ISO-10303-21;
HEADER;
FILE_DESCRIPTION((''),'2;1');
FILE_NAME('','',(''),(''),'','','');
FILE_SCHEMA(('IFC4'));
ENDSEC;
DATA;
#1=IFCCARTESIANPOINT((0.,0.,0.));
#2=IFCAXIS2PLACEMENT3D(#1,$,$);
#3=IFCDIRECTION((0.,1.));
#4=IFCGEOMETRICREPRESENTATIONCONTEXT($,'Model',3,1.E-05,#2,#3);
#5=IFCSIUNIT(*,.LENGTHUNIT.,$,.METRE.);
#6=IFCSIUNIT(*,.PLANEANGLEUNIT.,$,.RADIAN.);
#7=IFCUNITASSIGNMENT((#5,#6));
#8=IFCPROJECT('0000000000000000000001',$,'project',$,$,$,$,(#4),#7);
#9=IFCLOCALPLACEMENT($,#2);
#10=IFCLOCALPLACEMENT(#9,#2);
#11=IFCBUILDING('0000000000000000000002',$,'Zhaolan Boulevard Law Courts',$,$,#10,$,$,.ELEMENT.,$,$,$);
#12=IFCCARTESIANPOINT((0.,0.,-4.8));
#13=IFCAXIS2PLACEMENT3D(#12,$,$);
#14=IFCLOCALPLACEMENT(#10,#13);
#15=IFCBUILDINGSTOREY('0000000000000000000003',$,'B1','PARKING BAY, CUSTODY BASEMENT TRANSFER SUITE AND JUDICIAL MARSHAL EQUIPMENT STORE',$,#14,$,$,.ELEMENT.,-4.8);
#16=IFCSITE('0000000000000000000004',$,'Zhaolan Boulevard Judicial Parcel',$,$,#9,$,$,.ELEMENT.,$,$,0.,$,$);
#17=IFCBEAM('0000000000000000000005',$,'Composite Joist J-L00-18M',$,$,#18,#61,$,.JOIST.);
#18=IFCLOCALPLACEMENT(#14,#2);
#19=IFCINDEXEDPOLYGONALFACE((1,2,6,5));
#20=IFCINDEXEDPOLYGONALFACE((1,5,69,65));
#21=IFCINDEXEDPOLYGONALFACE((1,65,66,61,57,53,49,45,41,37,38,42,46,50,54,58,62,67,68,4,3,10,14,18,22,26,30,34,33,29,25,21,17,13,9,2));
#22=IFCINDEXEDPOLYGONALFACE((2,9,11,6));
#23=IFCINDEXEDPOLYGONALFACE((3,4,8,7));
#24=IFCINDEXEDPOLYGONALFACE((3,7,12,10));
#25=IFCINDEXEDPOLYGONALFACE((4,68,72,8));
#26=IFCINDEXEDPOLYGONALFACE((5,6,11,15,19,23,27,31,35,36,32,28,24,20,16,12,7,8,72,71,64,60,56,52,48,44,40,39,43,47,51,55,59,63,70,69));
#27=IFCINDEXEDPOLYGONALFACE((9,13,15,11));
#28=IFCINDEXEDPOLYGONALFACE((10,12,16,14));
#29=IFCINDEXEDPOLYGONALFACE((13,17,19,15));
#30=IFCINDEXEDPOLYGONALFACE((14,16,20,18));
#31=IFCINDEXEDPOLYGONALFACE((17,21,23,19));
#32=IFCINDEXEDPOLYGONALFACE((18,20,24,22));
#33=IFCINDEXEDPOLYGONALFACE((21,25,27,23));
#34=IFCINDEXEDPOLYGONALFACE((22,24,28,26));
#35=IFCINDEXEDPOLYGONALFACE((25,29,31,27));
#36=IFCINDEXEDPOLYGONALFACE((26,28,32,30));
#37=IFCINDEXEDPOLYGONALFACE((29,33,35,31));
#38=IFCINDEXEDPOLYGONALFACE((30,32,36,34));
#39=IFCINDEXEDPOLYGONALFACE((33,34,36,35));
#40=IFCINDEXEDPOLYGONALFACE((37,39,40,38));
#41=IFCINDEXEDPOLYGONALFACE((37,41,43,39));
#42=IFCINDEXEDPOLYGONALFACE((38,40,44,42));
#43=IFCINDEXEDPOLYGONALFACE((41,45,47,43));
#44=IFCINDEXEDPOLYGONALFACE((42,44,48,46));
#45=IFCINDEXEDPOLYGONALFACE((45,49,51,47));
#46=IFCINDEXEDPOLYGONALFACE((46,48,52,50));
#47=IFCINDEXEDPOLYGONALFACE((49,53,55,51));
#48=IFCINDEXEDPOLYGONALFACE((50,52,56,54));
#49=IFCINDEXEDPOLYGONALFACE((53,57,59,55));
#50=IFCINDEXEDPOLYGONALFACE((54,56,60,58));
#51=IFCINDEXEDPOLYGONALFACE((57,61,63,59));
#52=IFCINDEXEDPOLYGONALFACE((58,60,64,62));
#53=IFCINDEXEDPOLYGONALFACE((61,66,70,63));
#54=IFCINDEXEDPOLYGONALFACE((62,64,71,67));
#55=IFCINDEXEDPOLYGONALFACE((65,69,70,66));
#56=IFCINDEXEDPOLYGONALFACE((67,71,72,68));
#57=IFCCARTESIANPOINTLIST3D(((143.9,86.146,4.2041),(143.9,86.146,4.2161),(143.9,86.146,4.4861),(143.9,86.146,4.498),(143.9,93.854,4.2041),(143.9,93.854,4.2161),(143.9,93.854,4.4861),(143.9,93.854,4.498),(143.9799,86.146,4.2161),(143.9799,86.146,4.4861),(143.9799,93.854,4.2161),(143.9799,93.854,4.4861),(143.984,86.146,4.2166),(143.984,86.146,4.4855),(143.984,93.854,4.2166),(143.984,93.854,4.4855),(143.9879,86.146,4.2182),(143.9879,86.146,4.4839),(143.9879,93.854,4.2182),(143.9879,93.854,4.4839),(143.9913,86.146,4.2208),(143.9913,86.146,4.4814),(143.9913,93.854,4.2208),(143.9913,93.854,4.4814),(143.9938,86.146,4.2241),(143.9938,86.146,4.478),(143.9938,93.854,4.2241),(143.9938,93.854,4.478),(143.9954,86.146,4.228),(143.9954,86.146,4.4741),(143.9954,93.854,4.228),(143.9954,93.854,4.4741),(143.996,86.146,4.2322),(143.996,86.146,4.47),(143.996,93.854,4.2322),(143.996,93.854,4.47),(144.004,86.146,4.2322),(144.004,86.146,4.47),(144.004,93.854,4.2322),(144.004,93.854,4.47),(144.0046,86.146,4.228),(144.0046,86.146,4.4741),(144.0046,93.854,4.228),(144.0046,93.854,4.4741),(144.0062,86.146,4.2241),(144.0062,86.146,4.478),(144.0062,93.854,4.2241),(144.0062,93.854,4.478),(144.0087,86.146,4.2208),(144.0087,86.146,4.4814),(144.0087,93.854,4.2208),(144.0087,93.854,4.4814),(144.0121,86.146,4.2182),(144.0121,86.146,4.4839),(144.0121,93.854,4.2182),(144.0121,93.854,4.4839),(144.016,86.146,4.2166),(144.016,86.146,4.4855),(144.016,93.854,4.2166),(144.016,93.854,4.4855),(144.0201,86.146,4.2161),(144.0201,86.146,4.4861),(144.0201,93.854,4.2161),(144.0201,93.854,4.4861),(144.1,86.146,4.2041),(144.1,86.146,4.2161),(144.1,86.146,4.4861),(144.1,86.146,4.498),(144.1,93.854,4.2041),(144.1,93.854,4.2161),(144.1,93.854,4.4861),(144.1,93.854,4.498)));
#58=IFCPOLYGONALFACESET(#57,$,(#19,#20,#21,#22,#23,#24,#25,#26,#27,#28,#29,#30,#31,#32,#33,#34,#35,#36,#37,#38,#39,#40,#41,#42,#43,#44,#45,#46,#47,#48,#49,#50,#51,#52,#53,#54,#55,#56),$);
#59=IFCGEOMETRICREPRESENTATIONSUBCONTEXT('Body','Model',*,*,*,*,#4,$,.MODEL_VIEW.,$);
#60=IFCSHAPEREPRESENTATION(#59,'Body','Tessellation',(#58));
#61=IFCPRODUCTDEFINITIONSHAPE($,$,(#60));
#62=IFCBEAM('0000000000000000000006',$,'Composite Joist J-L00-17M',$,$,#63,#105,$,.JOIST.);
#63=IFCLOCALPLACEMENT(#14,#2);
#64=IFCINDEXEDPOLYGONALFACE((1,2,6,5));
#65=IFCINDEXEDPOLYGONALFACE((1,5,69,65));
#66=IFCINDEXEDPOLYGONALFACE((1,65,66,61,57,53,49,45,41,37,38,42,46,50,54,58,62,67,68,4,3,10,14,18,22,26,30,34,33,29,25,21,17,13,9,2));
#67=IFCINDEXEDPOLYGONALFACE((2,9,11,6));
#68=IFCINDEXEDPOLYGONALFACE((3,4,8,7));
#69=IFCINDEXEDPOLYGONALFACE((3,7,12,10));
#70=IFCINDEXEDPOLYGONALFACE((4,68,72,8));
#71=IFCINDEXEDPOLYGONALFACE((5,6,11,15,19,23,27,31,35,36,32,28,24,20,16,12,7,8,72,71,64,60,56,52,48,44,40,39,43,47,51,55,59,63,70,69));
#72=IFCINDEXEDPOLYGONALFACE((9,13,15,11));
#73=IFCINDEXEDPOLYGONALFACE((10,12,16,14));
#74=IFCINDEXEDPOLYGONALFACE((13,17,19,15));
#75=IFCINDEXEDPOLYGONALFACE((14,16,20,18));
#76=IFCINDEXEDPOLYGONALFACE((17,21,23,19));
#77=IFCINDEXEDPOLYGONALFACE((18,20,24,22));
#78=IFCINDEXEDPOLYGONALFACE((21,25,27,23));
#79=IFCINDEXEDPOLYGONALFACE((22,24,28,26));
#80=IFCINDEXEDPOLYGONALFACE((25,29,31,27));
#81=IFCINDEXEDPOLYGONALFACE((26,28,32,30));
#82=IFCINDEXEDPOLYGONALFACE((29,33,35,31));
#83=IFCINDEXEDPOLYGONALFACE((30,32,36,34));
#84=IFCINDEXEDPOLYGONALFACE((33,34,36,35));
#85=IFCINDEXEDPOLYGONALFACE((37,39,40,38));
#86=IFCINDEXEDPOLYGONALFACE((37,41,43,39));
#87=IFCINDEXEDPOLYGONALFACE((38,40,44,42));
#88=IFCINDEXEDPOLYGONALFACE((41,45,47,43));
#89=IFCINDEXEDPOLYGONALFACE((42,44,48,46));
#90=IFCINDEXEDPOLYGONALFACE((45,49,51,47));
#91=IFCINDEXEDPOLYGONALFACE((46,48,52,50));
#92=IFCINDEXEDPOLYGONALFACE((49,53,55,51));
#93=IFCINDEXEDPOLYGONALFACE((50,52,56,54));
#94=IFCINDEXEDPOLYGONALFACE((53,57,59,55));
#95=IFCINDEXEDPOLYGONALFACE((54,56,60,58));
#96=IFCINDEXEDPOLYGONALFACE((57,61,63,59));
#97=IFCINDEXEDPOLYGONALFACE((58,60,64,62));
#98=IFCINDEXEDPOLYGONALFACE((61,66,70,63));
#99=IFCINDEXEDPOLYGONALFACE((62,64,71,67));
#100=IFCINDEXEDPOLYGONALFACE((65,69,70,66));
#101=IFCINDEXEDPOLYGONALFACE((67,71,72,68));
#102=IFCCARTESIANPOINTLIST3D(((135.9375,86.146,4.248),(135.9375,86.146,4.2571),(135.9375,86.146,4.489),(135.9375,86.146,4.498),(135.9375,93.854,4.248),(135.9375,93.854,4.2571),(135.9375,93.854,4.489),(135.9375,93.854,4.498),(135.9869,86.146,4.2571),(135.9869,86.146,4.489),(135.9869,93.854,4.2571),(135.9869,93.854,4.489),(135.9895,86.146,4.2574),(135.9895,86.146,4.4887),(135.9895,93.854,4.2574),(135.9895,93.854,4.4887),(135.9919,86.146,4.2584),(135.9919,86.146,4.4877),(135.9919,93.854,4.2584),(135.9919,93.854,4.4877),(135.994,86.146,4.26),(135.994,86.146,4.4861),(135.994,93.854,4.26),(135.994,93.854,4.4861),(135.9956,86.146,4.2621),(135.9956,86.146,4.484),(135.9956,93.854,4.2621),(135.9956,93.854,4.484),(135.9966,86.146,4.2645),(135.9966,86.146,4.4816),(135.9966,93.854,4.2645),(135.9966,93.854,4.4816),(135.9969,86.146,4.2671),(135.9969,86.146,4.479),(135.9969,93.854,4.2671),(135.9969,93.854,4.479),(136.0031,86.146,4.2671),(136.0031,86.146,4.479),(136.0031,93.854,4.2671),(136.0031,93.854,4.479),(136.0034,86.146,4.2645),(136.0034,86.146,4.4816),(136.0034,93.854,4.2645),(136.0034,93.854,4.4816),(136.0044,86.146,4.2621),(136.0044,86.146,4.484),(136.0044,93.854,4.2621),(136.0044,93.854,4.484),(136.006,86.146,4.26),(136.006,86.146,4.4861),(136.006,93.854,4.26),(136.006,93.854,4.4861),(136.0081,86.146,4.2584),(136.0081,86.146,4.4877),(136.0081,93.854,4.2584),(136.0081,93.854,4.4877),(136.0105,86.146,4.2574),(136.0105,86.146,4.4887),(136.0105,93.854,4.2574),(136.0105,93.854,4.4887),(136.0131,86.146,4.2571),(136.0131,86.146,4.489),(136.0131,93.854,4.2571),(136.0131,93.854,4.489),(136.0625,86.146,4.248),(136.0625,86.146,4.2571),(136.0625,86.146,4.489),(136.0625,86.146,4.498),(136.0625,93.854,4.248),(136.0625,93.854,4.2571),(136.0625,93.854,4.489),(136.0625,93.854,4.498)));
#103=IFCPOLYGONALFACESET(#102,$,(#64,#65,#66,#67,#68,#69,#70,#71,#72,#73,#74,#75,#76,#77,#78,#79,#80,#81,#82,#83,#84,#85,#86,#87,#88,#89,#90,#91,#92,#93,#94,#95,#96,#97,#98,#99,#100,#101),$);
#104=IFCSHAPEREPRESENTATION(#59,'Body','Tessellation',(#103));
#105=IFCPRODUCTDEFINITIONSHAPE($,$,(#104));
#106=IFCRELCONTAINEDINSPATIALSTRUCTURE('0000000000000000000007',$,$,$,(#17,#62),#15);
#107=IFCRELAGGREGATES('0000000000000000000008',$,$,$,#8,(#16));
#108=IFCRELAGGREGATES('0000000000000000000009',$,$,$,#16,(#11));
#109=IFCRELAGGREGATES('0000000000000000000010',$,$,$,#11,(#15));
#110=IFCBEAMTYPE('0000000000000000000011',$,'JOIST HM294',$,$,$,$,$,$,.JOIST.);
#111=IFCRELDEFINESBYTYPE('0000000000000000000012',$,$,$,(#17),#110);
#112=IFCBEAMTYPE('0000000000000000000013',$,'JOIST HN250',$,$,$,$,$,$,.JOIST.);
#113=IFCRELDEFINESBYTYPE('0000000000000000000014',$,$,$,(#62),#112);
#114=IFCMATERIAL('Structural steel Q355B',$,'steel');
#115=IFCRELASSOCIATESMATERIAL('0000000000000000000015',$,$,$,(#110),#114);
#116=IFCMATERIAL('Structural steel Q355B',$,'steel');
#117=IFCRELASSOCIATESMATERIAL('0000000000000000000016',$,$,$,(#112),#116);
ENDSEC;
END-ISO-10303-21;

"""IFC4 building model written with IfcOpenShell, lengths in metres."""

from ifc_helpers import new_model, si_unit, direction, frame, origin, origin_2d, place, context, subcontext, project, spatial, i_section, extrude, material, material_profile, profile_set, type_object, element, save


model = new_model("IFC4")

# Units and contexts
model_context = context("Model", 3, precision=1e-05, world=origin(), true_north=direction((0.0, 1.0)))
body_context = subcontext(model_context, "Body", "Model", "MODEL_VIEW")
ifc_project = project(units=[si_unit("LENGTHUNIT", "METRE"), si_unit("PLANEANGLEUNIT", "RADIAN")], contexts=[model_context])

# Site, building, storey
site_placement = place(None, origin())
site = spatial("IfcSite", under=ifc_project, at=site_placement, Name="Zhaolan Boulevard Judicial Parcel", CompositionType="ELEMENT", RefElevation=0.0)
building_placement = place(site_placement, origin())
building = spatial("IfcBuilding", under=site, at=building_placement, Name="Zhaolan Boulevard Law Courts", CompositionType="ELEMENT")
storey_placement = place(building_placement, frame((0.0, 0.0, -4.8)))
storey = spatial("IfcBuildingStorey", under=building, at=storey_placement, Name="B1", Description="PARKING BAY, CUSTODY BASEMENT TRANSFER SUITE AND JUDICIAL MARSHAL EQUIPMENT STORE", CompositionType="ELEMENT", Elevation=-4.8)

# Beams
ifc_material_1 = material(Name="Structural steel Q355B", Category="steel")
ifc_material_profile_1 = material_profile(ifc_material_1, i_section(OverallWidth=0.2, OverallDepth=0.2939, WebThickness=0.0081, FlangeThickness=0.012, FilletRadius=0.0161, at=origin_2d()), Name="HM294x200")
ifc_profile_set_1 = profile_set([ifc_material_profile_1], Name="Structural steel Q355B")
beam_type_1 = type_object("IfcBeamType", Name="JOIST HM294", PredefinedType="JOIST", material=ifc_profile_set_1)
beam_1_placement = place(storey_placement, frame((144.0, 86.146, 4.3511), z_axis=(0.0, 1.0, 0.0), x_axis=(-1.0, 0.0, 0.0)))
element("IfcBeam", 1, at=beam_1_placement, inside=storey, type_object=beam_type_1, Name="Composite Joist J-L00-18M", PredefinedType="JOIST", context=body_context, shape_type="SweptSolid", body=[
    extrude(i_section(OverallWidth=0.2, OverallDepth=0.2939, WebThickness=0.0081, FlangeThickness=0.012, FilletRadius=0.0161, at=origin_2d()), origin(), (0.0, 0.0, 1.0), 7.708),
])
ifc_material_2 = material(Name="Structural steel Q355B", Category="steel")
ifc_material_profile_2 = material_profile(ifc_material_2, i_section(OverallWidth=0.125, OverallDepth=0.25, WebThickness=0.0061, FlangeThickness=0.009, FilletRadius=0.01, at=origin_2d()), Name="HN250x125")
ifc_profile_set_2 = profile_set([ifc_material_profile_2], Name="Structural steel Q355B")
beam_type_2 = type_object("IfcBeamType", Name="JOIST HN250", PredefinedType="JOIST", material=ifc_profile_set_2)
beam_2_placement = place(storey_placement, frame((136.0, 86.146, 4.373), z_axis=(0.0, 1.0, 0.0), x_axis=(-1.0, 0.0, 0.0)))
element("IfcBeam", 2, at=beam_2_placement, inside=storey, type_object=beam_type_2, Name="Composite Joist J-L00-17M", PredefinedType="JOIST", context=body_context, shape_type="SweptSolid", body=[
    extrude(i_section(OverallWidth=0.125, OverallDepth=0.25, WebThickness=0.0061, FlangeThickness=0.009, FilletRadius=0.01, at=origin_2d()), origin(), (0.0, 0.0, 1.0), 7.708),
])

save(model, "model.ifc")
